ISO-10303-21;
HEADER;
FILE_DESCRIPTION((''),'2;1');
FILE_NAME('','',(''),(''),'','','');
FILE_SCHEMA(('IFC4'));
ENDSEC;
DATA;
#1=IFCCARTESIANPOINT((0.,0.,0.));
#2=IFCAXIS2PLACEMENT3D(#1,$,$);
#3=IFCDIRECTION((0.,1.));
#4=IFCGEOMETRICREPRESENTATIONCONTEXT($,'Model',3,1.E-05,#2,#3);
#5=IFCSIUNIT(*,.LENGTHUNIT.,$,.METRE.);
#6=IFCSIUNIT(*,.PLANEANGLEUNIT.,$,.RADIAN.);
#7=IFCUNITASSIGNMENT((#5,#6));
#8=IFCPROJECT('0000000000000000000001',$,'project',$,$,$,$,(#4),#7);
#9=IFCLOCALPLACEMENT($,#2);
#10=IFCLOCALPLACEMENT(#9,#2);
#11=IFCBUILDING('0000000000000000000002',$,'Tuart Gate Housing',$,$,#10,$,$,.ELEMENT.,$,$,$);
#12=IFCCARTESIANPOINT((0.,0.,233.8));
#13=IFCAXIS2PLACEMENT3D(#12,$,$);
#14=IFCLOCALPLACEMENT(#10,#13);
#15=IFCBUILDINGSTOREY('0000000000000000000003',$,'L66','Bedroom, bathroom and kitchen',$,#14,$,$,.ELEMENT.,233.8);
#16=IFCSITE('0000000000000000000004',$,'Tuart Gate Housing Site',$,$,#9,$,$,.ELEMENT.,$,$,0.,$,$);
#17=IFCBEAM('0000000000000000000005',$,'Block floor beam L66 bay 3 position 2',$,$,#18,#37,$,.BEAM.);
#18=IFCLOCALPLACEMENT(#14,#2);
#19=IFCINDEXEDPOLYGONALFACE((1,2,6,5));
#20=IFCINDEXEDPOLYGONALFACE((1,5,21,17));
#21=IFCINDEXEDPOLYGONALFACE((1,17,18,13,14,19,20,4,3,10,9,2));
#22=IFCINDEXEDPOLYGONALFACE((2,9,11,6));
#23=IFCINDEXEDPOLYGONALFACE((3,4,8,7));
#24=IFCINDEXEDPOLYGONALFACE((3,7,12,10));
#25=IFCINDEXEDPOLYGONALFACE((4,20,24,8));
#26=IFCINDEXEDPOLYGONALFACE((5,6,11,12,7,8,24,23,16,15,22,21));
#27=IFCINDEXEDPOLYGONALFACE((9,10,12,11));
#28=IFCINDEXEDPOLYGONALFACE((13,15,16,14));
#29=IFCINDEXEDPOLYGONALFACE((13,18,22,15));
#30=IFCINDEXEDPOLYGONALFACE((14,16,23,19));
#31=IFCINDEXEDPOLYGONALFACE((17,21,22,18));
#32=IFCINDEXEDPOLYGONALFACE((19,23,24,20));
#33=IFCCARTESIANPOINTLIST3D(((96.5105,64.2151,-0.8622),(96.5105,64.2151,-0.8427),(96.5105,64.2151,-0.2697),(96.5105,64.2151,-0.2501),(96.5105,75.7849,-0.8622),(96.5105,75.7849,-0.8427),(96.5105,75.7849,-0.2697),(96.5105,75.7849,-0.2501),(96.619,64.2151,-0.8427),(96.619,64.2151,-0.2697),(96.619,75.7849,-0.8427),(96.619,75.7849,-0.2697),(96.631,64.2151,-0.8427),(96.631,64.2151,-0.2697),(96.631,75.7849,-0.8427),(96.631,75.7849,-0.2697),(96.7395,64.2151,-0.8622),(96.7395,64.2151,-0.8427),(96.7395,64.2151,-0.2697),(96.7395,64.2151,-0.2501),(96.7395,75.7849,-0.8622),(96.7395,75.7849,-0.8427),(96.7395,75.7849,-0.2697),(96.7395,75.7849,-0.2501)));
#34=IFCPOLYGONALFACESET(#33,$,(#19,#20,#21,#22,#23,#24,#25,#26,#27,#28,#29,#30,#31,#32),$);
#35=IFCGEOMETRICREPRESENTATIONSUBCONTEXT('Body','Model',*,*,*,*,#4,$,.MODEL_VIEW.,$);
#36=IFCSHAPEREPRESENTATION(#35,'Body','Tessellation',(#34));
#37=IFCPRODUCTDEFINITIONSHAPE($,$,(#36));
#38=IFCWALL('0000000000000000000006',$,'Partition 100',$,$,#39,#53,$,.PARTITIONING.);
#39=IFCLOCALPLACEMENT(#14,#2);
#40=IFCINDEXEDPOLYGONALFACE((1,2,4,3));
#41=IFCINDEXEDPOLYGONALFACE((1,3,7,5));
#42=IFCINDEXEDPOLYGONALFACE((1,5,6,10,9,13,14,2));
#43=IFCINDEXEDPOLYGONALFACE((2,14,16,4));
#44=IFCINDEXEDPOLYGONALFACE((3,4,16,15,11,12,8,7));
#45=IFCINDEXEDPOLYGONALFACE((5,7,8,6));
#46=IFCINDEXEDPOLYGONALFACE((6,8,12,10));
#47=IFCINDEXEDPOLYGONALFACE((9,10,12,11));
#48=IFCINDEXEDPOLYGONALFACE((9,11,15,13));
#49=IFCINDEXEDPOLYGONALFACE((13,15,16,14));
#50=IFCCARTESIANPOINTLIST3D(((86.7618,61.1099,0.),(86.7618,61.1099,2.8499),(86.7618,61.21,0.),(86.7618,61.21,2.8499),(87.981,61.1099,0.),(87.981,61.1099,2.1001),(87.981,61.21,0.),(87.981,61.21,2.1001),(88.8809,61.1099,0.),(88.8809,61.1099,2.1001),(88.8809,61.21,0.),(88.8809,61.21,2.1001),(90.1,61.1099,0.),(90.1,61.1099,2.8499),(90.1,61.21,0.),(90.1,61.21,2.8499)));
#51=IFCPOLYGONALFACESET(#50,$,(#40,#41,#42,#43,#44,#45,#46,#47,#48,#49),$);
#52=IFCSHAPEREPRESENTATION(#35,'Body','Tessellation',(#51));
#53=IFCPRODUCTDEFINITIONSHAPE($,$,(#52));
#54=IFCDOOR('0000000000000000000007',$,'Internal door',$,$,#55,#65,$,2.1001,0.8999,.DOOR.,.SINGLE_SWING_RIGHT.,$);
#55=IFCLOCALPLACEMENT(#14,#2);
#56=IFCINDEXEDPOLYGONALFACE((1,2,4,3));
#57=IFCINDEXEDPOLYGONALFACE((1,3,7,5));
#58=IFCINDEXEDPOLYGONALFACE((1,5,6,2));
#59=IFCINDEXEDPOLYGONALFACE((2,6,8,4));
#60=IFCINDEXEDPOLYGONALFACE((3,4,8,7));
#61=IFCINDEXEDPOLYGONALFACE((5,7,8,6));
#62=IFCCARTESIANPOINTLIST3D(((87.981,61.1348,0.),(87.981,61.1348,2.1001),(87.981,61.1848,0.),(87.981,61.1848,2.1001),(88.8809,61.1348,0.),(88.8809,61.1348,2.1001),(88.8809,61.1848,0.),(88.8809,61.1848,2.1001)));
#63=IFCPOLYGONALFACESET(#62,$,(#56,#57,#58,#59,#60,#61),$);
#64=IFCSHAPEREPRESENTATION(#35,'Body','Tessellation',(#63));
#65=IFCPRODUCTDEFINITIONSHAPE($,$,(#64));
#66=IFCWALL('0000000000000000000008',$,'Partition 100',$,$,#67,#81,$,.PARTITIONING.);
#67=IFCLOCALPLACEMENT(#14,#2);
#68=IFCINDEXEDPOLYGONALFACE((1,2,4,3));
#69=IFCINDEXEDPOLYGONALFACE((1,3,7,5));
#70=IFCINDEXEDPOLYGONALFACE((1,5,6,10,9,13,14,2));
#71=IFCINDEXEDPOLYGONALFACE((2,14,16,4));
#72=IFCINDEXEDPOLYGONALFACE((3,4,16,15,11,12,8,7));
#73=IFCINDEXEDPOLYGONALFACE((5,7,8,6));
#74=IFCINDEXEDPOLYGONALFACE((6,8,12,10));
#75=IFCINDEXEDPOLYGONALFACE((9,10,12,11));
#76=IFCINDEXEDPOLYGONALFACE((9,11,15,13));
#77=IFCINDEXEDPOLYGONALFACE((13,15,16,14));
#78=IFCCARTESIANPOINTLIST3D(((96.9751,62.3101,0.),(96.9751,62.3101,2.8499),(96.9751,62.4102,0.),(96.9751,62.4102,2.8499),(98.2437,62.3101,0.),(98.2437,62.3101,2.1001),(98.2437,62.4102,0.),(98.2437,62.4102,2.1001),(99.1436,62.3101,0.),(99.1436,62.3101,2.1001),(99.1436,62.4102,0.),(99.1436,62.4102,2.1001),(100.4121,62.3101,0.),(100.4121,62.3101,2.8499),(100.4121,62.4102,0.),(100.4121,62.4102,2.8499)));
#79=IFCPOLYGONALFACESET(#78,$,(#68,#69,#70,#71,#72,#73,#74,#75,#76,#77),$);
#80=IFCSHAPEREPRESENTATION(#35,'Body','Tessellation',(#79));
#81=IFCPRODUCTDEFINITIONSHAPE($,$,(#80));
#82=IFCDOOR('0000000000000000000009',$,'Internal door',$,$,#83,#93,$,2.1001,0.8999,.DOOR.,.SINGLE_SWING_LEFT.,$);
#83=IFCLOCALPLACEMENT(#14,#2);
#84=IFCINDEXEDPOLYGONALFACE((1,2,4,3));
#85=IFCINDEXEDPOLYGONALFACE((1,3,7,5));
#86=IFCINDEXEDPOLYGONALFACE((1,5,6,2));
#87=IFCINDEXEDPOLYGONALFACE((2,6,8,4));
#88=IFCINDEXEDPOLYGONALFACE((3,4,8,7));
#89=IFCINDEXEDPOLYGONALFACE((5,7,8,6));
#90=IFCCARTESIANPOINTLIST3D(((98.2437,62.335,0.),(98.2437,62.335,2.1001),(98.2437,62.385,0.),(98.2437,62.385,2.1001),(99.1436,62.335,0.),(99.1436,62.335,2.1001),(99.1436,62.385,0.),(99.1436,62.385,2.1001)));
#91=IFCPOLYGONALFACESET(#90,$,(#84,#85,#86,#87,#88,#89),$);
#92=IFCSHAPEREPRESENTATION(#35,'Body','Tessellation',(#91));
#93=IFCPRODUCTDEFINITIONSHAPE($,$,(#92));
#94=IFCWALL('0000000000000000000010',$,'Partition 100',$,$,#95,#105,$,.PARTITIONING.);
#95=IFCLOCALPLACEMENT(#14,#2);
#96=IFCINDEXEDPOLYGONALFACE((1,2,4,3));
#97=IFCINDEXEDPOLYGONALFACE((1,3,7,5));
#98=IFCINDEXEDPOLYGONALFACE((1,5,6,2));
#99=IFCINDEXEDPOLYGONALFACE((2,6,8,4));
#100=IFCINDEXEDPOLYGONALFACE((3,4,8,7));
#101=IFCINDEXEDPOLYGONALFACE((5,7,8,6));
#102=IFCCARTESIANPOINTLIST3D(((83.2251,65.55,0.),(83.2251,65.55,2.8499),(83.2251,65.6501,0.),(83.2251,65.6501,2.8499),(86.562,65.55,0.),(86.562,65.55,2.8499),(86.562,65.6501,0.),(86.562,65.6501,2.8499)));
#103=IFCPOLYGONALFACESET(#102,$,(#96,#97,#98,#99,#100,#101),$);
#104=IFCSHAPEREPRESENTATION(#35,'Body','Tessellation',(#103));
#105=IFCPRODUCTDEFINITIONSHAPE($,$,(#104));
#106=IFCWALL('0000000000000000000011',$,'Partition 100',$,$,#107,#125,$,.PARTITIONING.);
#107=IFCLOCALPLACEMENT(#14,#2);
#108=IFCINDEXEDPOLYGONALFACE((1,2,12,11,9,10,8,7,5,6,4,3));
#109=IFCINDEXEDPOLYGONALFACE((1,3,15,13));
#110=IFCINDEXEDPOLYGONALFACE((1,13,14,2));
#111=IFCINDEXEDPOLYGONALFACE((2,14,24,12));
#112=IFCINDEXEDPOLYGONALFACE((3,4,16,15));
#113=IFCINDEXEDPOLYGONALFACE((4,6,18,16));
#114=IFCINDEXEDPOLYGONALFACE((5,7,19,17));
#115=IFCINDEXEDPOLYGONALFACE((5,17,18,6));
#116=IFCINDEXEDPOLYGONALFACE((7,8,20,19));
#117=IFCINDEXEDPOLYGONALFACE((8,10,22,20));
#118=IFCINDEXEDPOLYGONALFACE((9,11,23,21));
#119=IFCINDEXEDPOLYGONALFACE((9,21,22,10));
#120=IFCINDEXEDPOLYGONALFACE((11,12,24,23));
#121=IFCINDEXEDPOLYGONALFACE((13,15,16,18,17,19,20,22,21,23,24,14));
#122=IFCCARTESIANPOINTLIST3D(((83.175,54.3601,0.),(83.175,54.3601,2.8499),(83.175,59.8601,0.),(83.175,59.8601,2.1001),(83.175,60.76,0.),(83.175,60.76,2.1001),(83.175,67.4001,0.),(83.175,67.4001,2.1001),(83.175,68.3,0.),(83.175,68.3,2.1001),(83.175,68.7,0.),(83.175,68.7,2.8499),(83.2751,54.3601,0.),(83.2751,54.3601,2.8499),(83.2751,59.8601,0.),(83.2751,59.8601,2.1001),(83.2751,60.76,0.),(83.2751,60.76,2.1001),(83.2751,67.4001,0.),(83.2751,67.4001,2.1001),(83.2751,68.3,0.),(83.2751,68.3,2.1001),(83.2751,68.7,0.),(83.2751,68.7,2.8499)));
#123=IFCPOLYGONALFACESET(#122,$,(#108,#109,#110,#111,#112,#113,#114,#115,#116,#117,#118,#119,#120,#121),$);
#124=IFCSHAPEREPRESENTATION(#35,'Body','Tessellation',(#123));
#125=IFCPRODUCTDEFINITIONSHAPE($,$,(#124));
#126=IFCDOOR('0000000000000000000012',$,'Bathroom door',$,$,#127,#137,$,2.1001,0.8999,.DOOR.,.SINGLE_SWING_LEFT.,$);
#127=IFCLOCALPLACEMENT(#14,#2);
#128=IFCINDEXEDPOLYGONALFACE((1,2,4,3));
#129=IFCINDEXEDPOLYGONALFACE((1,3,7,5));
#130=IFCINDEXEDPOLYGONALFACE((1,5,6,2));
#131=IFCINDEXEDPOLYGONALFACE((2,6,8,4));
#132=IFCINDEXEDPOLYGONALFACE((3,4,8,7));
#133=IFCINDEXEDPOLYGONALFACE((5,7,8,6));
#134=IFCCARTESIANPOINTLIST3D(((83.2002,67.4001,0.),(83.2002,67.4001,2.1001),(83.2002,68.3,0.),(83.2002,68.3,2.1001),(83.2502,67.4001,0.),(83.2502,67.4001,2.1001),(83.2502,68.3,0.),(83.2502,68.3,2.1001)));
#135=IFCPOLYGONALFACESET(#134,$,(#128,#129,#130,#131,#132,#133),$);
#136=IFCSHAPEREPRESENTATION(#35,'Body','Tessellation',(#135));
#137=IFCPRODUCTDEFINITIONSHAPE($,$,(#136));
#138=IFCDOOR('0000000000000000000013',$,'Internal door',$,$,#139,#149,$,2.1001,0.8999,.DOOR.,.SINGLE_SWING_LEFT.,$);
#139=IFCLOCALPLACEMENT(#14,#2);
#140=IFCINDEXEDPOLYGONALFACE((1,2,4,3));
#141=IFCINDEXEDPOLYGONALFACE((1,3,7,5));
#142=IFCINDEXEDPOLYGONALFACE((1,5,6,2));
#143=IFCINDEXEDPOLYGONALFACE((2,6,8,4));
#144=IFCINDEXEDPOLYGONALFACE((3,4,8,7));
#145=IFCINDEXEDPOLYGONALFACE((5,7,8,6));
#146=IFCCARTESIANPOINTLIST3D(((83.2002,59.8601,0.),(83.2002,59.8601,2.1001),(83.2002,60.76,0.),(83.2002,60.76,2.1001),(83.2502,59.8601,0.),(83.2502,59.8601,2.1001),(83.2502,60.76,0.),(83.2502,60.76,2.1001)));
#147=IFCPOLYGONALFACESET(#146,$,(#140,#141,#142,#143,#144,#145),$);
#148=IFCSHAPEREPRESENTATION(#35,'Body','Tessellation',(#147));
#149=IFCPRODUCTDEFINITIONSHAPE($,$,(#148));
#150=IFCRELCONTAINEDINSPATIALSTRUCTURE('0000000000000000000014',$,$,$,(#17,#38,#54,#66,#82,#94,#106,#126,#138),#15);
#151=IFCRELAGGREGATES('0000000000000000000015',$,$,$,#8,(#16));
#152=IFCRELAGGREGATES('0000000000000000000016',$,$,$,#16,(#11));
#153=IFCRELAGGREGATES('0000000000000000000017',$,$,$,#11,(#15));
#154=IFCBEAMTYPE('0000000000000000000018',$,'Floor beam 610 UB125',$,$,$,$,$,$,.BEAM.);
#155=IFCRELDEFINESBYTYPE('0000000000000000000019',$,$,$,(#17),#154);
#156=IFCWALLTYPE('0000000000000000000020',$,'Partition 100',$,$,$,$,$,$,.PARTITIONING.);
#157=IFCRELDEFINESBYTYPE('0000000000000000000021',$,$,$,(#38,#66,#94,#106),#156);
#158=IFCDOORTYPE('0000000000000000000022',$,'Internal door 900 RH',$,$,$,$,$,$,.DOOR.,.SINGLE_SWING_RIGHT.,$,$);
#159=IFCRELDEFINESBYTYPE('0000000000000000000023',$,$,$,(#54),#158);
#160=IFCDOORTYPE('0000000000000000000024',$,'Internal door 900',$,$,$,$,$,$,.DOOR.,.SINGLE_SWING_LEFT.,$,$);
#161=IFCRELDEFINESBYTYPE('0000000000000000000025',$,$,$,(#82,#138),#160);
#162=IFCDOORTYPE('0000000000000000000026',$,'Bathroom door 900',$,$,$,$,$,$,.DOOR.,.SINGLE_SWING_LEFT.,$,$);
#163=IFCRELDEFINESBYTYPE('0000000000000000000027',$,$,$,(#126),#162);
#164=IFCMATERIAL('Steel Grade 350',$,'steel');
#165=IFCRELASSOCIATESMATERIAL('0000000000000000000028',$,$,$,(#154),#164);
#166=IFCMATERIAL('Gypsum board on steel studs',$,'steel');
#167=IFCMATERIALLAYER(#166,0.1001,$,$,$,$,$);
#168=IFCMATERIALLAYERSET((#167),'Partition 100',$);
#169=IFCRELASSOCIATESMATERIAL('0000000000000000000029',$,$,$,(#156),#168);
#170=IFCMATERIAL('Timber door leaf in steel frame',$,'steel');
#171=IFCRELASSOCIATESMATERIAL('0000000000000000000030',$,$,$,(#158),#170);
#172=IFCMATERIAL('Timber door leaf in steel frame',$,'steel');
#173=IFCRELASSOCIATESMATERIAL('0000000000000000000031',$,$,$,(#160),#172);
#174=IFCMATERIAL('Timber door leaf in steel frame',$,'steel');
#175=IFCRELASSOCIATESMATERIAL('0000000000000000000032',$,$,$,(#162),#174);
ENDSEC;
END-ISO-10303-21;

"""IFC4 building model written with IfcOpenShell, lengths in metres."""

from ifc_helpers import new_model, si_unit, direction, frame, frame_2d, origin, origin_2d, place, context, subcontext, project, spatial, rectangle, i_section, extrude, material, layer, layer_set, material_profile, profile_set, type_object, element, fill, save


model = new_model("IFC4")

# Units and contexts
model_context = context("Model", 3, precision=1e-05, world=origin(), true_north=direction((0.0, 1.0)))
body_context = subcontext(model_context, "Body", "Model", "MODEL_VIEW")
ifc_project = project(units=[si_unit("LENGTHUNIT", "METRE"), si_unit("PLANEANGLEUNIT", "RADIAN")], contexts=[model_context])

# Site, building, storey
site_placement = place(None, origin())
site = spatial("IfcSite", under=ifc_project, at=site_placement, Name="Tuart Gate Housing Site", CompositionType="ELEMENT", RefElevation=0.0)
building_placement = place(site_placement, origin())
building = spatial("IfcBuilding", under=site, at=building_placement, Name="Tuart Gate Housing", CompositionType="ELEMENT")
storey_placement = place(building_placement, frame((0.0, 0.0, 233.8)))
storey = spatial("IfcBuildingStorey", under=building, at=storey_placement, Name="L66", Description="Bedroom, bathroom and kitchen", CompositionType="ELEMENT", Elevation=233.8)

# Beam
ifc_material_1 = material(Name="Steel Grade 350", Category="steel")
ifc_material_profile_1 = material_profile(ifc_material_1, i_section(OverallWidth=0.229, OverallDepth=0.6121, WebThickness=0.012, FlangeThickness=0.0195, at=origin_2d()), Name="610UB125")
ifc_profile_set_1 = profile_set([ifc_material_profile_1], Name="Steel Grade 350")
beam_type_1 = type_object("IfcBeamType", Name="Floor beam 610 UB125", PredefinedType="BEAM", material=ifc_profile_set_1)
for number, where, z_axis, x_axis, name in (
    (1, (96.625, 64.2151, -0.5562), (0.0, 1.0, 0.0), (-1.0, 0.0, 0.0), "Block floor beam L66 bay 3 position 2"),
):
    element("IfcBeam", number, at=place(storey_placement, frame(where, z_axis=z_axis, x_axis=x_axis)), inside=storey, type_object=beam_type_1, Name=name, PredefinedType="BEAM", context=body_context, shape_type="SweptSolid", body=[
        extrude(i_section(OverallWidth=0.229, OverallDepth=0.6121, WebThickness=0.012, FlangeThickness=0.0195, at=origin_2d()), origin(), (0.0, 0.0, 1.0), 11.5698),
    ])

# Walls, openings, doors
ifc_material_2 = material(Name="Gypsum board on steel studs", Category="steel")
ifc_layer_1 = layer(ifc_material_2, 0.1001)
ifc_layer_set_1 = layer_set([ifc_layer_1], Name="Partition 100")
wall_type_1 = type_object("IfcWallType", Name="Partition 100", PredefinedType="PARTITIONING", material=ifc_layer_set_1)
wall_1_placement = place(storey_placement, frame((86.762, 61.1599, 0.0), z_axis=(0.0, 0.0, 1.0), x_axis=(1.0, 0.0, 0.0)))
wall_1 = element("IfcWall", 2, at=wall_1_placement, inside=storey, type_object=wall_type_1, Name="Partition 100", PredefinedType="PARTITIONING", context=body_context, shape_type="SweptSolid", body=[
    extrude(rectangle(XDim=3.3381, YDim=0.1001, at=frame_2d((1.6689, 0.0))), origin(), (0.0, 0.0, 1.0), 2.8499),
])
opening_1_placement = place(wall_1_placement, frame((1.219, 0.0, 0.0)))
opening_1 = element("IfcOpeningElement", 3, at=opening_1_placement, cuts=wall_1, PredefinedType="OPENING", context=body_context, shape_type="SweptSolid", body=[
    extrude(rectangle(XDim=0.8999, YDim=2.1001, at=frame_2d((0.45, 1.05))), frame((0.0, 0.0601, 0.0), z_axis=(0.0, -1.0, 0.0), x_axis=(1.0, 0.0, 0.0)), (0.0, 0.0, 1.0), 0.1201),
])
ifc_material_3 = material(Name="Timber door leaf in steel frame", Category="steel")
door_type_1 = type_object("IfcDoorType", Name="Internal door 900 RH", OperationType="SINGLE_SWING_RIGHT", PredefinedType="DOOR", material=ifc_material_3)
door_1_placement = place(opening_1_placement, origin())
door_1 = element("IfcDoor", 4, at=door_1_placement, inside=storey, type_object=door_type_1, Name="Internal door", OperationType="SINGLE_SWING_RIGHT", OverallHeight=2.1001, OverallWidth=0.8999, PredefinedType="DOOR", context=body_context, shape_type="SweptSolid", body=[
    extrude(rectangle(XDim=0.8999, YDim=2.1001, at=frame_2d((0.45, 1.05))), frame((0.0, 0.0249, 0.0), z_axis=(0.0, -1.0, 0.0), x_axis=(1.0, 0.0, 0.0)), (0.0, 0.0, 1.0), 0.05),
])
fill(opening_1, door_1)
wall_2_placement = place(storey_placement, frame((96.9751, 62.3601, 0.0), z_axis=(0.0, 0.0, 1.0), x_axis=(1.0, 0.0, 0.0)))
wall_2 = element("IfcWall", 5, at=wall_2_placement, inside=storey, type_object=wall_type_1, Name="Partition 100", PredefinedType="PARTITIONING", context=body_context, shape_type="SweptSolid", body=[
    extrude(rectangle(XDim=3.437, YDim=0.1001, at=frame_2d((1.7185, 0.0))), origin(), (0.0, 0.0, 1.0), 2.8499),
])
opening_2_placement = place(wall_2_placement, frame((1.2686, 0.0, 0.0)))
opening_2 = element("IfcOpeningElement", 6, at=opening_2_placement, cuts=wall_2, PredefinedType="OPENING", context=body_context, shape_type="SweptSolid", body=[
    extrude(rectangle(XDim=0.8999, YDim=2.1001, at=frame_2d((0.45, 1.05))), frame((0.0, 0.0601, 0.0), z_axis=(0.0, -1.0, 0.0), x_axis=(1.0, 0.0, 0.0)), (0.0, 0.0, 1.0), 0.1201),
])
ifc_material_4 = material(Name="Timber door leaf in steel frame", Category="steel")
door_type_2 = type_object("IfcDoorType", Name="Internal door 900", OperationType="SINGLE_SWING_LEFT", PredefinedType="DOOR", material=ifc_material_4)
door_2_placement = place(opening_2_placement, origin())
door_2 = element("IfcDoor", 7, at=door_2_placement, inside=storey, type_object=door_type_2, Name="Internal door", OperationType="SINGLE_SWING_LEFT", OverallHeight=2.1001, OverallWidth=0.8999, PredefinedType="DOOR", context=body_context, shape_type="SweptSolid", body=[
    extrude(rectangle(XDim=0.8999, YDim=2.1001, at=frame_2d((0.45, 1.05))), frame((0.0, 0.0249, 0.0), z_axis=(0.0, -1.0, 0.0), x_axis=(1.0, 0.0, 0.0)), (0.0, 0.0, 1.0), 0.05),
])
fill(opening_2, door_2)

# Wall
wall_3_placement = place(storey_placement, frame((83.2251, 65.6001, 0.0), z_axis=(0.0, 0.0, 1.0), x_axis=(1.0, 0.0, 0.0)))
element("IfcWall", 8, at=wall_3_placement, inside=storey, type_object=wall_type_1, Name="Partition 100", PredefinedType="PARTITIONING", context=body_context, shape_type="SweptSolid", body=[
    extrude(rectangle(XDim=3.3369, YDim=0.1001, at=frame_2d((1.6685, 0.0))), origin(), (0.0, 0.0, 1.0), 2.8499),
])

# Wall, openings, doors
wall_4_placement = place(storey_placement, frame((83.2251, 54.3601, 0.0), z_axis=(0.0, 0.0, 1.0), x_axis=(0.0, 1.0, 0.0)))
wall_4 = element("IfcWall", 9, at=wall_4_placement, inside=storey, type_object=wall_type_1, Name="Partition 100", PredefinedType="PARTITIONING", context=body_context, shape_type="SweptSolid", body=[
    extrude(rectangle(XDim=14.3398, YDim=0.1001, at=frame_2d((7.1699, 0.0))), origin(), (0.0, 0.0, 1.0), 2.8499),
])
opening_3_placement = place(wall_4_placement, frame((5.5, 0.0, 0.0)))
opening_3 = element("IfcOpeningElement", 10, at=opening_3_placement, cuts=wall_4, PredefinedType="OPENING", context=body_context, shape_type="SweptSolid", body=[
    extrude(rectangle(XDim=0.8999, YDim=2.1001, at=frame_2d((0.45, 1.05))), frame((0.0, 0.0601, 0.0), z_axis=(0.0, -1.0, 0.0), x_axis=(1.0, 0.0, 0.0)), (0.0, 0.0, 1.0), 0.1201),
])
opening_4_placement = place(wall_4_placement, frame((13.04, 0.0, 0.0)))
opening_4 = element("IfcOpeningElement", 11, at=opening_4_placement, cuts=wall_4, PredefinedType="OPENING", context=body_context, shape_type="SweptSolid", body=[
    extrude(rectangle(XDim=0.8999, YDim=2.1001, at=frame_2d((0.45, 1.05))), frame((0.0, 0.0601, 0.0), z_axis=(0.0, -1.0, 0.0), x_axis=(1.0, 0.0, 0.0)), (0.0, 0.0, 1.0), 0.1201),
])
ifc_material_5 = material(Name="Timber door leaf in steel frame", Category="steel")
door_type_3 = type_object("IfcDoorType", Name="Bathroom door 900", OperationType="SINGLE_SWING_LEFT", PredefinedType="DOOR", material=ifc_material_5)
door_3_placement = place(opening_4_placement, frame((0.8999, 0.0, 0.0), z_axis=(0.0, 0.0, 1.0), x_axis=(-1.0, 0.0, 0.0)))
door_3 = element("IfcDoor", 12, at=door_3_placement, inside=storey, type_object=door_type_3, Name="Bathroom door", OperationType="SINGLE_SWING_LEFT", OverallHeight=2.1001, OverallWidth=0.8999, PredefinedType="DOOR", context=body_context, shape_type="SweptSolid", body=[
    extrude(rectangle(XDim=0.8999, YDim=2.1001, at=frame_2d((0.45, 1.05))), frame((0.0, 0.0251, 0.0), z_axis=(0.0, -1.0, 0.0), x_axis=(1.0, 0.0, 0.0)), (0.0, 0.0, 1.0), 0.05),
])
fill(opening_4, door_3)
door_4_placement = place(opening_3_placement, frame((0.8999, 0.0, 0.0), z_axis=(0.0, 0.0, 1.0), x_axis=(-1.0, 0.0, 0.0)))
door_4 = element("IfcDoor", 13, at=door_4_placement, inside=storey, type_object=door_type_2, Name="Internal door", OperationType="SINGLE_SWING_LEFT", OverallHeight=2.1001, OverallWidth=0.8999, PredefinedType="DOOR", context=body_context, shape_type="SweptSolid", body=[
    extrude(rectangle(XDim=0.8999, YDim=2.1001, at=frame_2d((0.45, 1.05))), frame((0.0, 0.0251, 0.0), z_axis=(0.0, -1.0, 0.0), x_axis=(1.0, 0.0, 0.0)), (0.0, 0.0, 1.0), 0.05),
])
fill(opening_3, door_4)

save(model, "model.ifc")
